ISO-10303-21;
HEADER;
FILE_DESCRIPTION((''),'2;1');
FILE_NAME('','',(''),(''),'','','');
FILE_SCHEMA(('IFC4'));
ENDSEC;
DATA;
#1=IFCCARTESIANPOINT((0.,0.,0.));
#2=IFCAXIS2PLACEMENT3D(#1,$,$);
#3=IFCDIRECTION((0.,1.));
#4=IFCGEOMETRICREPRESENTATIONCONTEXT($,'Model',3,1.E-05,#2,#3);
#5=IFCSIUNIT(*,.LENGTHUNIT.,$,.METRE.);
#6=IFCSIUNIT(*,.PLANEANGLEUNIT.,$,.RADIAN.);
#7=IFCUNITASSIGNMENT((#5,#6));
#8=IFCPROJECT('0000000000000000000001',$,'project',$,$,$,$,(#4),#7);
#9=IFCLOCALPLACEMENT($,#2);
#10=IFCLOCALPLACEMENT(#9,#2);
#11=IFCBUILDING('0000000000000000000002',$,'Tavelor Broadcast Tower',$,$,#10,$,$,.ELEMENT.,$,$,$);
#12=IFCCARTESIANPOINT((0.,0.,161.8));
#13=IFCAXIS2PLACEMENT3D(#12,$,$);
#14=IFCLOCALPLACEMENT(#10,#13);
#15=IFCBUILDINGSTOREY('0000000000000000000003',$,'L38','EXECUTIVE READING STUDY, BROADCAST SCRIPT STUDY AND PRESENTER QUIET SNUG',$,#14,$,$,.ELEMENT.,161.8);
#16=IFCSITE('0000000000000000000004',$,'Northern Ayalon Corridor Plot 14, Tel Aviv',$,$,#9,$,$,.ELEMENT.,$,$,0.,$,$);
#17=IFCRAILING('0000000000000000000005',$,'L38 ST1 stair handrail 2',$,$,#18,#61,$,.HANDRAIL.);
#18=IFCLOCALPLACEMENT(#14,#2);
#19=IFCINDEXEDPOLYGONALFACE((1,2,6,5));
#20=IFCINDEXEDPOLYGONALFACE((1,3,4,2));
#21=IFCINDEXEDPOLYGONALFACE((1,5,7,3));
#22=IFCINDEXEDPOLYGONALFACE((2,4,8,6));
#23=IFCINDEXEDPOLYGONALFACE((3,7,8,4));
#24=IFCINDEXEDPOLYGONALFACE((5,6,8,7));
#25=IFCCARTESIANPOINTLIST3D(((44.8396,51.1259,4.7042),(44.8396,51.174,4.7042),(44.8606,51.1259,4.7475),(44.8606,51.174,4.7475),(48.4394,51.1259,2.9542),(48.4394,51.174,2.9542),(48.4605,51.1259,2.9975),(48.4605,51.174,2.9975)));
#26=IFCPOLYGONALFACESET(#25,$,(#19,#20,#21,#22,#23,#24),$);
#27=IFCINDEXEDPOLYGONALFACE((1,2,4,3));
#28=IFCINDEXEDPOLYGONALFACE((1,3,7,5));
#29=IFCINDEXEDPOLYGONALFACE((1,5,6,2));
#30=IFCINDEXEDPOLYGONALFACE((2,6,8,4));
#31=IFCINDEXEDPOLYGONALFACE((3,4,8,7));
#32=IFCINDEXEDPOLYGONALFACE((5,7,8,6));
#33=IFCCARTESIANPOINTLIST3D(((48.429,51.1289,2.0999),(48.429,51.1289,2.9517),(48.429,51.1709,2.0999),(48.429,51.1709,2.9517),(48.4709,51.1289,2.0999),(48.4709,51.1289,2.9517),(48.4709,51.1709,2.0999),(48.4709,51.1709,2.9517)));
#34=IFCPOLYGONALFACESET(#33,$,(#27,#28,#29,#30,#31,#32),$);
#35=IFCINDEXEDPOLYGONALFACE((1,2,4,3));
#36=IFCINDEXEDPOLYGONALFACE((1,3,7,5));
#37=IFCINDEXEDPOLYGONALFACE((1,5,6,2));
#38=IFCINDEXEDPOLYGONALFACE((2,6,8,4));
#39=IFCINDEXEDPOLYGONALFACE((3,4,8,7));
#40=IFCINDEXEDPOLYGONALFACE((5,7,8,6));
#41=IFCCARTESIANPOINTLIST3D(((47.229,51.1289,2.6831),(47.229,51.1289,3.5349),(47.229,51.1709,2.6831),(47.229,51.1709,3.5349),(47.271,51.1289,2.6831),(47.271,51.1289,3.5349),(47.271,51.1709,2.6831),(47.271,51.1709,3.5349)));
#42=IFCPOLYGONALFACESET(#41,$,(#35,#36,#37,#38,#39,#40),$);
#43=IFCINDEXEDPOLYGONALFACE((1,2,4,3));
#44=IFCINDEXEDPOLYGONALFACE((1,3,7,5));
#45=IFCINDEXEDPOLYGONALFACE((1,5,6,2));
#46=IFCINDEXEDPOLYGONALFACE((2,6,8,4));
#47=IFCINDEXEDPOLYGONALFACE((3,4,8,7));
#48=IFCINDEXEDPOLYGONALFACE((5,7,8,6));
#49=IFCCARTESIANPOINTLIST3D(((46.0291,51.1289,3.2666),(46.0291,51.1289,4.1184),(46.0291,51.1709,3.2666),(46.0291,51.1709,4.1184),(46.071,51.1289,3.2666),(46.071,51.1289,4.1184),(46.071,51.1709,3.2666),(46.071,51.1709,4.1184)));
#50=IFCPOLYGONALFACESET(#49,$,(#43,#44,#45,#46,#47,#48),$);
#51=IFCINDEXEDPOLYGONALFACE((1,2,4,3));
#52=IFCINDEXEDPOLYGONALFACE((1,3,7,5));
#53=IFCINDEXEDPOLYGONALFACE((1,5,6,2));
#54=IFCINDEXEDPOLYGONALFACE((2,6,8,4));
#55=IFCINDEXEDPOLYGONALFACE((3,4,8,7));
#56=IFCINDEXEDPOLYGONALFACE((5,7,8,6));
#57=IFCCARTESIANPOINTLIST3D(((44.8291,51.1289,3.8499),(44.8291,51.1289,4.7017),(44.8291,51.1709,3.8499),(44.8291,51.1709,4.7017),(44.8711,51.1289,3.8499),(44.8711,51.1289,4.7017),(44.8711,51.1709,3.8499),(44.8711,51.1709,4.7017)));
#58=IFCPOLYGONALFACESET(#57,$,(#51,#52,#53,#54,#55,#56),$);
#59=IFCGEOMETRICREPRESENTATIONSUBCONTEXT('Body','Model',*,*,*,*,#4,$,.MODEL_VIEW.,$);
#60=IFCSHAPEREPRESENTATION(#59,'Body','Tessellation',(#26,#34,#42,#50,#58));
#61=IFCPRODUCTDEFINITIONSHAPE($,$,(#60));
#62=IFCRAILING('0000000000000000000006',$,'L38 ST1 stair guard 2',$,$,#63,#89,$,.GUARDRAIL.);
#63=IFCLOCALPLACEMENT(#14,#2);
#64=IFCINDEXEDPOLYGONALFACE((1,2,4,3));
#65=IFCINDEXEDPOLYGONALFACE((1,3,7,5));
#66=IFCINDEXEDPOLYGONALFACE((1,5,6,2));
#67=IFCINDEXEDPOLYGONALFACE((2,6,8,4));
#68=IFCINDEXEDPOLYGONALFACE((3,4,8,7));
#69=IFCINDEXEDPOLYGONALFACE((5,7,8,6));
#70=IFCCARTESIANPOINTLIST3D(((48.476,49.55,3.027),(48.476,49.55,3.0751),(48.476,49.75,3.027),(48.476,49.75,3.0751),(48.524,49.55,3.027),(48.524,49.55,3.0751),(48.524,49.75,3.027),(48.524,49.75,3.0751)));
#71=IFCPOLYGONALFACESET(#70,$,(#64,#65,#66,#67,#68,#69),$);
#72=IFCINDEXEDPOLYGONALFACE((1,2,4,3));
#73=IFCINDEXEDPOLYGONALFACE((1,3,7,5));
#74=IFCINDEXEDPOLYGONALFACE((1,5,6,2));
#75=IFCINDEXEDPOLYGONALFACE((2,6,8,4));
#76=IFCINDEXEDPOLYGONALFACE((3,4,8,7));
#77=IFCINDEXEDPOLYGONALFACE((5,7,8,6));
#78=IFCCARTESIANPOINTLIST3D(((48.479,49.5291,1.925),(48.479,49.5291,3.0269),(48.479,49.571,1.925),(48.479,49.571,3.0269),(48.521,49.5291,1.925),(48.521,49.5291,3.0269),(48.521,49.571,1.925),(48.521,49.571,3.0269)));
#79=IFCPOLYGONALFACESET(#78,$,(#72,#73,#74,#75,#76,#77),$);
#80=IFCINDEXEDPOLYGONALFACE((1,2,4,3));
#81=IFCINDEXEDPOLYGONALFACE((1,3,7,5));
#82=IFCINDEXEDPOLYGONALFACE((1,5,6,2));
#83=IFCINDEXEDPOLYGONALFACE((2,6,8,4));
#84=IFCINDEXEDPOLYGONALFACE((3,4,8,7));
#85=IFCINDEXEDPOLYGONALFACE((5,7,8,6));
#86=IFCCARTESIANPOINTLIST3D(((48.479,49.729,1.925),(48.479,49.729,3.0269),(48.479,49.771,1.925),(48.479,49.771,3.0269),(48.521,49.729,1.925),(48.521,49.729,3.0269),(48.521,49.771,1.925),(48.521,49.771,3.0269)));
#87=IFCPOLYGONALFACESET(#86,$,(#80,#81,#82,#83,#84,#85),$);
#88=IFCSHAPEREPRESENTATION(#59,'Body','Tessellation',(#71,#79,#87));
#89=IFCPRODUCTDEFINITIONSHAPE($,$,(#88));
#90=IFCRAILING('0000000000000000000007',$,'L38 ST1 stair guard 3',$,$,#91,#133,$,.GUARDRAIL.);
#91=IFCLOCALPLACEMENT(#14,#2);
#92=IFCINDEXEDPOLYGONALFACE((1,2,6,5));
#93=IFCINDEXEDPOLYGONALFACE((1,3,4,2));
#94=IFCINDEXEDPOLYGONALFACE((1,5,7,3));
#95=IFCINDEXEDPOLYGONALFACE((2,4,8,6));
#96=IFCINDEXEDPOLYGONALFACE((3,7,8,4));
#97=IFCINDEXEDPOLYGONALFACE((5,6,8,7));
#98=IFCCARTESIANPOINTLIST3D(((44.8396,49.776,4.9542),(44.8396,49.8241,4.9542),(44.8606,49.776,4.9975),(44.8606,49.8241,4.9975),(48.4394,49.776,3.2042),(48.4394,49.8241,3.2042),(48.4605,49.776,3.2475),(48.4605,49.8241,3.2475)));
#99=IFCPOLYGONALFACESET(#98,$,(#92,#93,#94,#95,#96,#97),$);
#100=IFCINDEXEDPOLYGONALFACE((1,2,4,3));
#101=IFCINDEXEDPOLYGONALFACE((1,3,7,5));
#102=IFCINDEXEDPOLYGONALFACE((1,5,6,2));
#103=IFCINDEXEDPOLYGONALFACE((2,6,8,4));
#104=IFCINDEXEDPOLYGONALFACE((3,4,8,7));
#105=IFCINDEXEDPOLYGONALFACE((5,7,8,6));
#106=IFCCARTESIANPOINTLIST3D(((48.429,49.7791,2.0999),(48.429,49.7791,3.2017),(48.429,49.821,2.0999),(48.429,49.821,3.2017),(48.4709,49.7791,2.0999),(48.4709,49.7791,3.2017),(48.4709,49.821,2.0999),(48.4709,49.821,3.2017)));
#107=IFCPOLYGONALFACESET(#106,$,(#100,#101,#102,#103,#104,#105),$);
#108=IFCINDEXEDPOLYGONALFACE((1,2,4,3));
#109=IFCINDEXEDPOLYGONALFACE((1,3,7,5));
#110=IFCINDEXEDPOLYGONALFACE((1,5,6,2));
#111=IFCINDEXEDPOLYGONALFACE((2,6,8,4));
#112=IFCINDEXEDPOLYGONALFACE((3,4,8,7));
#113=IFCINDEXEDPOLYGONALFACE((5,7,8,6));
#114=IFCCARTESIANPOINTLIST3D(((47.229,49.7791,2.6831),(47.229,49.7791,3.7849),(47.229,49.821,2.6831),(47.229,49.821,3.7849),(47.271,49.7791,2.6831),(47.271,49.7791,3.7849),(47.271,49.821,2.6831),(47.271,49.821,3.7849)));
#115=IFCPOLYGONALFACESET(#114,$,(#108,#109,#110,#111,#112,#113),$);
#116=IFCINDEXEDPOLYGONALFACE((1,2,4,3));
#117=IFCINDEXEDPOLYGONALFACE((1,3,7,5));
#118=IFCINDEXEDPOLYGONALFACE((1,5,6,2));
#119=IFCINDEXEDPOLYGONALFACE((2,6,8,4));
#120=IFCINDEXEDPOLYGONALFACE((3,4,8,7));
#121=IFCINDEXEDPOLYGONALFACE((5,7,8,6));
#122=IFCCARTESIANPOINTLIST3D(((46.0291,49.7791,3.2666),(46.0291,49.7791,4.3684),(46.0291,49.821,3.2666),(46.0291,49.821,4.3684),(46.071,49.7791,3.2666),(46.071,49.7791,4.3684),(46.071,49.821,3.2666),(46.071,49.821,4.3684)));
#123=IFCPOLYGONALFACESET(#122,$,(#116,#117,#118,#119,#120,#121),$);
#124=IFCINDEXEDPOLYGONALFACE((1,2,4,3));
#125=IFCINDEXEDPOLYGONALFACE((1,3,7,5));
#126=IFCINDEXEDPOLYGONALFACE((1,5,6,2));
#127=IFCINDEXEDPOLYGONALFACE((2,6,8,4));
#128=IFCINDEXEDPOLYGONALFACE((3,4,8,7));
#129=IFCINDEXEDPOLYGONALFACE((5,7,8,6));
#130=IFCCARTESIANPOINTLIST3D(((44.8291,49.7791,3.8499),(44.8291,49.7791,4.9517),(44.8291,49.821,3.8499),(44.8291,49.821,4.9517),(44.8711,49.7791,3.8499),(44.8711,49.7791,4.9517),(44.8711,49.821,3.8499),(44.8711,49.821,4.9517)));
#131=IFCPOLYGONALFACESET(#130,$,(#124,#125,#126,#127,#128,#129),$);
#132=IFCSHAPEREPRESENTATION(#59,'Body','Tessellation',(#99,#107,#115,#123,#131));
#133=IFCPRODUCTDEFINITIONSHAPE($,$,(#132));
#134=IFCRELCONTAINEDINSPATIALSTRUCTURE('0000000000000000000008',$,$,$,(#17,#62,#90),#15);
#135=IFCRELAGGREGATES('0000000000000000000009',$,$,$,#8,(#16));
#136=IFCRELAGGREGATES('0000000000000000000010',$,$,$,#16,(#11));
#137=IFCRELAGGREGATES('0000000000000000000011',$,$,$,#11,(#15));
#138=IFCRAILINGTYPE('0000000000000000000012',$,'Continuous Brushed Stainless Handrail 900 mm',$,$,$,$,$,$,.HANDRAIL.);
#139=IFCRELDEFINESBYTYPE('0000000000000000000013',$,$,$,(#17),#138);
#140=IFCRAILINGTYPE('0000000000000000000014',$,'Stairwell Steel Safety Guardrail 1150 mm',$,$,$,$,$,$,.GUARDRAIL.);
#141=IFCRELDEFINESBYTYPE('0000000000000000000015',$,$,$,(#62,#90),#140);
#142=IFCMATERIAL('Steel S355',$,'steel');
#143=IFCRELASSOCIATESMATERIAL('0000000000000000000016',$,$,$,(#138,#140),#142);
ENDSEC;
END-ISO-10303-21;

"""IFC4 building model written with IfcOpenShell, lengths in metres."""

from ifc_helpers import new_model, si_unit, direction, frame, origin, origin_2d, place, context, subcontext, project, spatial, rectangle, extrude, material, type_object, element, save


model = new_model("IFC4")

# Units and contexts
model_context = context("Model", 3, precision=1e-05, world=origin(), true_north=direction((0.0, 1.0)))
body_context = subcontext(model_context, "Body", "Model", "MODEL_VIEW")
ifc_project = project(units=[si_unit("LENGTHUNIT", "METRE"), si_unit("PLANEANGLEUNIT", "RADIAN")], contexts=[model_context])

# Site, building, storey
site_placement = place(None, origin())
site = spatial("IfcSite", under=ifc_project, at=site_placement, Name="Northern Ayalon Corridor Plot 14, Tel Aviv", CompositionType="ELEMENT", RefElevation=0.0)
building_placement = place(site_placement, origin())
building = spatial("IfcBuilding", under=site, at=building_placement, Name="Tavelor Broadcast Tower", CompositionType="ELEMENT")
storey_placement = place(building_placement, frame((0.0, 0.0, 161.8)))
storey = spatial("IfcBuildingStorey", under=building, at=storey_placement, Name="L38", Description="EXECUTIVE READING STUDY, BROADCAST SCRIPT STUDY AND PRESENTER QUIET SNUG", CompositionType="ELEMENT", Elevation=161.8)

# Shared definitions
ifc_material_1 = material(Name="Steel S355", Category="steel")

# Railings
railing_type_1 = type_object("IfcRailingType", Name="Continuous Brushed Stainless Handrail 900 mm", PredefinedType="HANDRAIL", material=ifc_material_1)
railing_1_placement = place(storey_placement, frame((48.45, 51.1499, 2.0999)))
element("IfcRailing", 1, at=railing_1_placement, inside=storey, type_object=railing_type_1, Name="L38 ST1 stair handrail 2", PredefinedType="HANDRAIL", context=body_context, shape_type="SweptSolid", body=[
    extrude(rectangle(XDim=0.0481, YDim=0.0481, at=origin_2d()), frame((0.0, 0.0, 0.876), z_axis=(-0.899361, 0.0, 0.437207), x_axis=(0.0, -1.0, 0.0)), (0.0, 0.0, 1.0), 4.0027),
    extrude(rectangle(XDim=0.042, YDim=0.042, at=origin_2d()), origin(), (0.0, 0.0, 1.0), 0.8518),
    extrude(rectangle(XDim=0.042, YDim=0.042, at=origin_2d()), frame((-1.2, 0.0, 0.5833)), (0.0, 0.0, 1.0), 0.8518),
    extrude(rectangle(XDim=0.042, YDim=0.042, at=origin_2d()), frame((-2.3999, 0.0, 1.1667)), (0.0, 0.0, 1.0), 0.8518),
    extrude(rectangle(XDim=0.042, YDim=0.042, at=origin_2d()), frame((-3.5999, 0.0, 1.75)), (0.0, 0.0, 1.0), 0.8518),
])
railing_type_2 = type_object("IfcRailingType", Name="Stairwell Steel Safety Guardrail 1150 mm", PredefinedType="GUARDRAIL", material=ifc_material_1)
railing_2_placement = place(storey_placement, frame((48.5, 49.55, 1.925)))
element("IfcRailing", 2, at=railing_2_placement, inside=storey, type_object=railing_type_2, Name="L38 ST1 stair guard 2", PredefinedType="GUARDRAIL", context=body_context, shape_type="SweptSolid", body=[
    extrude(rectangle(XDim=0.0481, YDim=0.0481, at=origin_2d()), frame((0.0, 0.0, 1.126), z_axis=(0.0, 1.0, 0.0), x_axis=(-1.0, 0.0, 0.0)), (0.0, 0.0, 1.0), 0.2),
    extrude(rectangle(XDim=0.042, YDim=0.042, at=origin_2d()), origin(), (0.0, 0.0, 1.0), 1.1018),
    extrude(rectangle(XDim=0.042, YDim=0.042, at=origin_2d()), frame((0.0, 0.2, 0.0)), (0.0, 0.0, 1.0), 1.1018),
])
railing_3_placement = place(storey_placement, frame((48.45, 49.8, 2.0999)))
element("IfcRailing", 3, at=railing_3_placement, inside=storey, type_object=railing_type_2, Name="L38 ST1 stair guard 3", PredefinedType="GUARDRAIL", context=body_context, shape_type="SweptSolid", body=[
    extrude(rectangle(XDim=0.0481, YDim=0.0481, at=origin_2d()), frame((0.0, 0.0, 1.126), z_axis=(-0.899361, 0.0, 0.437207), x_axis=(0.0, -1.0, 0.0)), (0.0, 0.0, 1.0), 4.0027),
    extrude(rectangle(XDim=0.042, YDim=0.042, at=origin_2d()), origin(), (0.0, 0.0, 1.0), 1.1018),
    extrude(rectangle(XDim=0.042, YDim=0.042, at=origin_2d()), frame((-1.2, 0.0, 0.5833)), (0.0, 0.0, 1.0), 1.1018),
    extrude(rectangle(XDim=0.042, YDim=0.042, at=origin_2d()), frame((-2.3999, 0.0, 1.1667)), (0.0, 0.0, 1.0), 1.1018),
    extrude(rectangle(XDim=0.042, YDim=0.042, at=origin_2d()), frame((-3.5999, 0.0, 1.75)), (0.0, 0.0, 1.0), 1.1018),
])

save(model, "model.ifc")
